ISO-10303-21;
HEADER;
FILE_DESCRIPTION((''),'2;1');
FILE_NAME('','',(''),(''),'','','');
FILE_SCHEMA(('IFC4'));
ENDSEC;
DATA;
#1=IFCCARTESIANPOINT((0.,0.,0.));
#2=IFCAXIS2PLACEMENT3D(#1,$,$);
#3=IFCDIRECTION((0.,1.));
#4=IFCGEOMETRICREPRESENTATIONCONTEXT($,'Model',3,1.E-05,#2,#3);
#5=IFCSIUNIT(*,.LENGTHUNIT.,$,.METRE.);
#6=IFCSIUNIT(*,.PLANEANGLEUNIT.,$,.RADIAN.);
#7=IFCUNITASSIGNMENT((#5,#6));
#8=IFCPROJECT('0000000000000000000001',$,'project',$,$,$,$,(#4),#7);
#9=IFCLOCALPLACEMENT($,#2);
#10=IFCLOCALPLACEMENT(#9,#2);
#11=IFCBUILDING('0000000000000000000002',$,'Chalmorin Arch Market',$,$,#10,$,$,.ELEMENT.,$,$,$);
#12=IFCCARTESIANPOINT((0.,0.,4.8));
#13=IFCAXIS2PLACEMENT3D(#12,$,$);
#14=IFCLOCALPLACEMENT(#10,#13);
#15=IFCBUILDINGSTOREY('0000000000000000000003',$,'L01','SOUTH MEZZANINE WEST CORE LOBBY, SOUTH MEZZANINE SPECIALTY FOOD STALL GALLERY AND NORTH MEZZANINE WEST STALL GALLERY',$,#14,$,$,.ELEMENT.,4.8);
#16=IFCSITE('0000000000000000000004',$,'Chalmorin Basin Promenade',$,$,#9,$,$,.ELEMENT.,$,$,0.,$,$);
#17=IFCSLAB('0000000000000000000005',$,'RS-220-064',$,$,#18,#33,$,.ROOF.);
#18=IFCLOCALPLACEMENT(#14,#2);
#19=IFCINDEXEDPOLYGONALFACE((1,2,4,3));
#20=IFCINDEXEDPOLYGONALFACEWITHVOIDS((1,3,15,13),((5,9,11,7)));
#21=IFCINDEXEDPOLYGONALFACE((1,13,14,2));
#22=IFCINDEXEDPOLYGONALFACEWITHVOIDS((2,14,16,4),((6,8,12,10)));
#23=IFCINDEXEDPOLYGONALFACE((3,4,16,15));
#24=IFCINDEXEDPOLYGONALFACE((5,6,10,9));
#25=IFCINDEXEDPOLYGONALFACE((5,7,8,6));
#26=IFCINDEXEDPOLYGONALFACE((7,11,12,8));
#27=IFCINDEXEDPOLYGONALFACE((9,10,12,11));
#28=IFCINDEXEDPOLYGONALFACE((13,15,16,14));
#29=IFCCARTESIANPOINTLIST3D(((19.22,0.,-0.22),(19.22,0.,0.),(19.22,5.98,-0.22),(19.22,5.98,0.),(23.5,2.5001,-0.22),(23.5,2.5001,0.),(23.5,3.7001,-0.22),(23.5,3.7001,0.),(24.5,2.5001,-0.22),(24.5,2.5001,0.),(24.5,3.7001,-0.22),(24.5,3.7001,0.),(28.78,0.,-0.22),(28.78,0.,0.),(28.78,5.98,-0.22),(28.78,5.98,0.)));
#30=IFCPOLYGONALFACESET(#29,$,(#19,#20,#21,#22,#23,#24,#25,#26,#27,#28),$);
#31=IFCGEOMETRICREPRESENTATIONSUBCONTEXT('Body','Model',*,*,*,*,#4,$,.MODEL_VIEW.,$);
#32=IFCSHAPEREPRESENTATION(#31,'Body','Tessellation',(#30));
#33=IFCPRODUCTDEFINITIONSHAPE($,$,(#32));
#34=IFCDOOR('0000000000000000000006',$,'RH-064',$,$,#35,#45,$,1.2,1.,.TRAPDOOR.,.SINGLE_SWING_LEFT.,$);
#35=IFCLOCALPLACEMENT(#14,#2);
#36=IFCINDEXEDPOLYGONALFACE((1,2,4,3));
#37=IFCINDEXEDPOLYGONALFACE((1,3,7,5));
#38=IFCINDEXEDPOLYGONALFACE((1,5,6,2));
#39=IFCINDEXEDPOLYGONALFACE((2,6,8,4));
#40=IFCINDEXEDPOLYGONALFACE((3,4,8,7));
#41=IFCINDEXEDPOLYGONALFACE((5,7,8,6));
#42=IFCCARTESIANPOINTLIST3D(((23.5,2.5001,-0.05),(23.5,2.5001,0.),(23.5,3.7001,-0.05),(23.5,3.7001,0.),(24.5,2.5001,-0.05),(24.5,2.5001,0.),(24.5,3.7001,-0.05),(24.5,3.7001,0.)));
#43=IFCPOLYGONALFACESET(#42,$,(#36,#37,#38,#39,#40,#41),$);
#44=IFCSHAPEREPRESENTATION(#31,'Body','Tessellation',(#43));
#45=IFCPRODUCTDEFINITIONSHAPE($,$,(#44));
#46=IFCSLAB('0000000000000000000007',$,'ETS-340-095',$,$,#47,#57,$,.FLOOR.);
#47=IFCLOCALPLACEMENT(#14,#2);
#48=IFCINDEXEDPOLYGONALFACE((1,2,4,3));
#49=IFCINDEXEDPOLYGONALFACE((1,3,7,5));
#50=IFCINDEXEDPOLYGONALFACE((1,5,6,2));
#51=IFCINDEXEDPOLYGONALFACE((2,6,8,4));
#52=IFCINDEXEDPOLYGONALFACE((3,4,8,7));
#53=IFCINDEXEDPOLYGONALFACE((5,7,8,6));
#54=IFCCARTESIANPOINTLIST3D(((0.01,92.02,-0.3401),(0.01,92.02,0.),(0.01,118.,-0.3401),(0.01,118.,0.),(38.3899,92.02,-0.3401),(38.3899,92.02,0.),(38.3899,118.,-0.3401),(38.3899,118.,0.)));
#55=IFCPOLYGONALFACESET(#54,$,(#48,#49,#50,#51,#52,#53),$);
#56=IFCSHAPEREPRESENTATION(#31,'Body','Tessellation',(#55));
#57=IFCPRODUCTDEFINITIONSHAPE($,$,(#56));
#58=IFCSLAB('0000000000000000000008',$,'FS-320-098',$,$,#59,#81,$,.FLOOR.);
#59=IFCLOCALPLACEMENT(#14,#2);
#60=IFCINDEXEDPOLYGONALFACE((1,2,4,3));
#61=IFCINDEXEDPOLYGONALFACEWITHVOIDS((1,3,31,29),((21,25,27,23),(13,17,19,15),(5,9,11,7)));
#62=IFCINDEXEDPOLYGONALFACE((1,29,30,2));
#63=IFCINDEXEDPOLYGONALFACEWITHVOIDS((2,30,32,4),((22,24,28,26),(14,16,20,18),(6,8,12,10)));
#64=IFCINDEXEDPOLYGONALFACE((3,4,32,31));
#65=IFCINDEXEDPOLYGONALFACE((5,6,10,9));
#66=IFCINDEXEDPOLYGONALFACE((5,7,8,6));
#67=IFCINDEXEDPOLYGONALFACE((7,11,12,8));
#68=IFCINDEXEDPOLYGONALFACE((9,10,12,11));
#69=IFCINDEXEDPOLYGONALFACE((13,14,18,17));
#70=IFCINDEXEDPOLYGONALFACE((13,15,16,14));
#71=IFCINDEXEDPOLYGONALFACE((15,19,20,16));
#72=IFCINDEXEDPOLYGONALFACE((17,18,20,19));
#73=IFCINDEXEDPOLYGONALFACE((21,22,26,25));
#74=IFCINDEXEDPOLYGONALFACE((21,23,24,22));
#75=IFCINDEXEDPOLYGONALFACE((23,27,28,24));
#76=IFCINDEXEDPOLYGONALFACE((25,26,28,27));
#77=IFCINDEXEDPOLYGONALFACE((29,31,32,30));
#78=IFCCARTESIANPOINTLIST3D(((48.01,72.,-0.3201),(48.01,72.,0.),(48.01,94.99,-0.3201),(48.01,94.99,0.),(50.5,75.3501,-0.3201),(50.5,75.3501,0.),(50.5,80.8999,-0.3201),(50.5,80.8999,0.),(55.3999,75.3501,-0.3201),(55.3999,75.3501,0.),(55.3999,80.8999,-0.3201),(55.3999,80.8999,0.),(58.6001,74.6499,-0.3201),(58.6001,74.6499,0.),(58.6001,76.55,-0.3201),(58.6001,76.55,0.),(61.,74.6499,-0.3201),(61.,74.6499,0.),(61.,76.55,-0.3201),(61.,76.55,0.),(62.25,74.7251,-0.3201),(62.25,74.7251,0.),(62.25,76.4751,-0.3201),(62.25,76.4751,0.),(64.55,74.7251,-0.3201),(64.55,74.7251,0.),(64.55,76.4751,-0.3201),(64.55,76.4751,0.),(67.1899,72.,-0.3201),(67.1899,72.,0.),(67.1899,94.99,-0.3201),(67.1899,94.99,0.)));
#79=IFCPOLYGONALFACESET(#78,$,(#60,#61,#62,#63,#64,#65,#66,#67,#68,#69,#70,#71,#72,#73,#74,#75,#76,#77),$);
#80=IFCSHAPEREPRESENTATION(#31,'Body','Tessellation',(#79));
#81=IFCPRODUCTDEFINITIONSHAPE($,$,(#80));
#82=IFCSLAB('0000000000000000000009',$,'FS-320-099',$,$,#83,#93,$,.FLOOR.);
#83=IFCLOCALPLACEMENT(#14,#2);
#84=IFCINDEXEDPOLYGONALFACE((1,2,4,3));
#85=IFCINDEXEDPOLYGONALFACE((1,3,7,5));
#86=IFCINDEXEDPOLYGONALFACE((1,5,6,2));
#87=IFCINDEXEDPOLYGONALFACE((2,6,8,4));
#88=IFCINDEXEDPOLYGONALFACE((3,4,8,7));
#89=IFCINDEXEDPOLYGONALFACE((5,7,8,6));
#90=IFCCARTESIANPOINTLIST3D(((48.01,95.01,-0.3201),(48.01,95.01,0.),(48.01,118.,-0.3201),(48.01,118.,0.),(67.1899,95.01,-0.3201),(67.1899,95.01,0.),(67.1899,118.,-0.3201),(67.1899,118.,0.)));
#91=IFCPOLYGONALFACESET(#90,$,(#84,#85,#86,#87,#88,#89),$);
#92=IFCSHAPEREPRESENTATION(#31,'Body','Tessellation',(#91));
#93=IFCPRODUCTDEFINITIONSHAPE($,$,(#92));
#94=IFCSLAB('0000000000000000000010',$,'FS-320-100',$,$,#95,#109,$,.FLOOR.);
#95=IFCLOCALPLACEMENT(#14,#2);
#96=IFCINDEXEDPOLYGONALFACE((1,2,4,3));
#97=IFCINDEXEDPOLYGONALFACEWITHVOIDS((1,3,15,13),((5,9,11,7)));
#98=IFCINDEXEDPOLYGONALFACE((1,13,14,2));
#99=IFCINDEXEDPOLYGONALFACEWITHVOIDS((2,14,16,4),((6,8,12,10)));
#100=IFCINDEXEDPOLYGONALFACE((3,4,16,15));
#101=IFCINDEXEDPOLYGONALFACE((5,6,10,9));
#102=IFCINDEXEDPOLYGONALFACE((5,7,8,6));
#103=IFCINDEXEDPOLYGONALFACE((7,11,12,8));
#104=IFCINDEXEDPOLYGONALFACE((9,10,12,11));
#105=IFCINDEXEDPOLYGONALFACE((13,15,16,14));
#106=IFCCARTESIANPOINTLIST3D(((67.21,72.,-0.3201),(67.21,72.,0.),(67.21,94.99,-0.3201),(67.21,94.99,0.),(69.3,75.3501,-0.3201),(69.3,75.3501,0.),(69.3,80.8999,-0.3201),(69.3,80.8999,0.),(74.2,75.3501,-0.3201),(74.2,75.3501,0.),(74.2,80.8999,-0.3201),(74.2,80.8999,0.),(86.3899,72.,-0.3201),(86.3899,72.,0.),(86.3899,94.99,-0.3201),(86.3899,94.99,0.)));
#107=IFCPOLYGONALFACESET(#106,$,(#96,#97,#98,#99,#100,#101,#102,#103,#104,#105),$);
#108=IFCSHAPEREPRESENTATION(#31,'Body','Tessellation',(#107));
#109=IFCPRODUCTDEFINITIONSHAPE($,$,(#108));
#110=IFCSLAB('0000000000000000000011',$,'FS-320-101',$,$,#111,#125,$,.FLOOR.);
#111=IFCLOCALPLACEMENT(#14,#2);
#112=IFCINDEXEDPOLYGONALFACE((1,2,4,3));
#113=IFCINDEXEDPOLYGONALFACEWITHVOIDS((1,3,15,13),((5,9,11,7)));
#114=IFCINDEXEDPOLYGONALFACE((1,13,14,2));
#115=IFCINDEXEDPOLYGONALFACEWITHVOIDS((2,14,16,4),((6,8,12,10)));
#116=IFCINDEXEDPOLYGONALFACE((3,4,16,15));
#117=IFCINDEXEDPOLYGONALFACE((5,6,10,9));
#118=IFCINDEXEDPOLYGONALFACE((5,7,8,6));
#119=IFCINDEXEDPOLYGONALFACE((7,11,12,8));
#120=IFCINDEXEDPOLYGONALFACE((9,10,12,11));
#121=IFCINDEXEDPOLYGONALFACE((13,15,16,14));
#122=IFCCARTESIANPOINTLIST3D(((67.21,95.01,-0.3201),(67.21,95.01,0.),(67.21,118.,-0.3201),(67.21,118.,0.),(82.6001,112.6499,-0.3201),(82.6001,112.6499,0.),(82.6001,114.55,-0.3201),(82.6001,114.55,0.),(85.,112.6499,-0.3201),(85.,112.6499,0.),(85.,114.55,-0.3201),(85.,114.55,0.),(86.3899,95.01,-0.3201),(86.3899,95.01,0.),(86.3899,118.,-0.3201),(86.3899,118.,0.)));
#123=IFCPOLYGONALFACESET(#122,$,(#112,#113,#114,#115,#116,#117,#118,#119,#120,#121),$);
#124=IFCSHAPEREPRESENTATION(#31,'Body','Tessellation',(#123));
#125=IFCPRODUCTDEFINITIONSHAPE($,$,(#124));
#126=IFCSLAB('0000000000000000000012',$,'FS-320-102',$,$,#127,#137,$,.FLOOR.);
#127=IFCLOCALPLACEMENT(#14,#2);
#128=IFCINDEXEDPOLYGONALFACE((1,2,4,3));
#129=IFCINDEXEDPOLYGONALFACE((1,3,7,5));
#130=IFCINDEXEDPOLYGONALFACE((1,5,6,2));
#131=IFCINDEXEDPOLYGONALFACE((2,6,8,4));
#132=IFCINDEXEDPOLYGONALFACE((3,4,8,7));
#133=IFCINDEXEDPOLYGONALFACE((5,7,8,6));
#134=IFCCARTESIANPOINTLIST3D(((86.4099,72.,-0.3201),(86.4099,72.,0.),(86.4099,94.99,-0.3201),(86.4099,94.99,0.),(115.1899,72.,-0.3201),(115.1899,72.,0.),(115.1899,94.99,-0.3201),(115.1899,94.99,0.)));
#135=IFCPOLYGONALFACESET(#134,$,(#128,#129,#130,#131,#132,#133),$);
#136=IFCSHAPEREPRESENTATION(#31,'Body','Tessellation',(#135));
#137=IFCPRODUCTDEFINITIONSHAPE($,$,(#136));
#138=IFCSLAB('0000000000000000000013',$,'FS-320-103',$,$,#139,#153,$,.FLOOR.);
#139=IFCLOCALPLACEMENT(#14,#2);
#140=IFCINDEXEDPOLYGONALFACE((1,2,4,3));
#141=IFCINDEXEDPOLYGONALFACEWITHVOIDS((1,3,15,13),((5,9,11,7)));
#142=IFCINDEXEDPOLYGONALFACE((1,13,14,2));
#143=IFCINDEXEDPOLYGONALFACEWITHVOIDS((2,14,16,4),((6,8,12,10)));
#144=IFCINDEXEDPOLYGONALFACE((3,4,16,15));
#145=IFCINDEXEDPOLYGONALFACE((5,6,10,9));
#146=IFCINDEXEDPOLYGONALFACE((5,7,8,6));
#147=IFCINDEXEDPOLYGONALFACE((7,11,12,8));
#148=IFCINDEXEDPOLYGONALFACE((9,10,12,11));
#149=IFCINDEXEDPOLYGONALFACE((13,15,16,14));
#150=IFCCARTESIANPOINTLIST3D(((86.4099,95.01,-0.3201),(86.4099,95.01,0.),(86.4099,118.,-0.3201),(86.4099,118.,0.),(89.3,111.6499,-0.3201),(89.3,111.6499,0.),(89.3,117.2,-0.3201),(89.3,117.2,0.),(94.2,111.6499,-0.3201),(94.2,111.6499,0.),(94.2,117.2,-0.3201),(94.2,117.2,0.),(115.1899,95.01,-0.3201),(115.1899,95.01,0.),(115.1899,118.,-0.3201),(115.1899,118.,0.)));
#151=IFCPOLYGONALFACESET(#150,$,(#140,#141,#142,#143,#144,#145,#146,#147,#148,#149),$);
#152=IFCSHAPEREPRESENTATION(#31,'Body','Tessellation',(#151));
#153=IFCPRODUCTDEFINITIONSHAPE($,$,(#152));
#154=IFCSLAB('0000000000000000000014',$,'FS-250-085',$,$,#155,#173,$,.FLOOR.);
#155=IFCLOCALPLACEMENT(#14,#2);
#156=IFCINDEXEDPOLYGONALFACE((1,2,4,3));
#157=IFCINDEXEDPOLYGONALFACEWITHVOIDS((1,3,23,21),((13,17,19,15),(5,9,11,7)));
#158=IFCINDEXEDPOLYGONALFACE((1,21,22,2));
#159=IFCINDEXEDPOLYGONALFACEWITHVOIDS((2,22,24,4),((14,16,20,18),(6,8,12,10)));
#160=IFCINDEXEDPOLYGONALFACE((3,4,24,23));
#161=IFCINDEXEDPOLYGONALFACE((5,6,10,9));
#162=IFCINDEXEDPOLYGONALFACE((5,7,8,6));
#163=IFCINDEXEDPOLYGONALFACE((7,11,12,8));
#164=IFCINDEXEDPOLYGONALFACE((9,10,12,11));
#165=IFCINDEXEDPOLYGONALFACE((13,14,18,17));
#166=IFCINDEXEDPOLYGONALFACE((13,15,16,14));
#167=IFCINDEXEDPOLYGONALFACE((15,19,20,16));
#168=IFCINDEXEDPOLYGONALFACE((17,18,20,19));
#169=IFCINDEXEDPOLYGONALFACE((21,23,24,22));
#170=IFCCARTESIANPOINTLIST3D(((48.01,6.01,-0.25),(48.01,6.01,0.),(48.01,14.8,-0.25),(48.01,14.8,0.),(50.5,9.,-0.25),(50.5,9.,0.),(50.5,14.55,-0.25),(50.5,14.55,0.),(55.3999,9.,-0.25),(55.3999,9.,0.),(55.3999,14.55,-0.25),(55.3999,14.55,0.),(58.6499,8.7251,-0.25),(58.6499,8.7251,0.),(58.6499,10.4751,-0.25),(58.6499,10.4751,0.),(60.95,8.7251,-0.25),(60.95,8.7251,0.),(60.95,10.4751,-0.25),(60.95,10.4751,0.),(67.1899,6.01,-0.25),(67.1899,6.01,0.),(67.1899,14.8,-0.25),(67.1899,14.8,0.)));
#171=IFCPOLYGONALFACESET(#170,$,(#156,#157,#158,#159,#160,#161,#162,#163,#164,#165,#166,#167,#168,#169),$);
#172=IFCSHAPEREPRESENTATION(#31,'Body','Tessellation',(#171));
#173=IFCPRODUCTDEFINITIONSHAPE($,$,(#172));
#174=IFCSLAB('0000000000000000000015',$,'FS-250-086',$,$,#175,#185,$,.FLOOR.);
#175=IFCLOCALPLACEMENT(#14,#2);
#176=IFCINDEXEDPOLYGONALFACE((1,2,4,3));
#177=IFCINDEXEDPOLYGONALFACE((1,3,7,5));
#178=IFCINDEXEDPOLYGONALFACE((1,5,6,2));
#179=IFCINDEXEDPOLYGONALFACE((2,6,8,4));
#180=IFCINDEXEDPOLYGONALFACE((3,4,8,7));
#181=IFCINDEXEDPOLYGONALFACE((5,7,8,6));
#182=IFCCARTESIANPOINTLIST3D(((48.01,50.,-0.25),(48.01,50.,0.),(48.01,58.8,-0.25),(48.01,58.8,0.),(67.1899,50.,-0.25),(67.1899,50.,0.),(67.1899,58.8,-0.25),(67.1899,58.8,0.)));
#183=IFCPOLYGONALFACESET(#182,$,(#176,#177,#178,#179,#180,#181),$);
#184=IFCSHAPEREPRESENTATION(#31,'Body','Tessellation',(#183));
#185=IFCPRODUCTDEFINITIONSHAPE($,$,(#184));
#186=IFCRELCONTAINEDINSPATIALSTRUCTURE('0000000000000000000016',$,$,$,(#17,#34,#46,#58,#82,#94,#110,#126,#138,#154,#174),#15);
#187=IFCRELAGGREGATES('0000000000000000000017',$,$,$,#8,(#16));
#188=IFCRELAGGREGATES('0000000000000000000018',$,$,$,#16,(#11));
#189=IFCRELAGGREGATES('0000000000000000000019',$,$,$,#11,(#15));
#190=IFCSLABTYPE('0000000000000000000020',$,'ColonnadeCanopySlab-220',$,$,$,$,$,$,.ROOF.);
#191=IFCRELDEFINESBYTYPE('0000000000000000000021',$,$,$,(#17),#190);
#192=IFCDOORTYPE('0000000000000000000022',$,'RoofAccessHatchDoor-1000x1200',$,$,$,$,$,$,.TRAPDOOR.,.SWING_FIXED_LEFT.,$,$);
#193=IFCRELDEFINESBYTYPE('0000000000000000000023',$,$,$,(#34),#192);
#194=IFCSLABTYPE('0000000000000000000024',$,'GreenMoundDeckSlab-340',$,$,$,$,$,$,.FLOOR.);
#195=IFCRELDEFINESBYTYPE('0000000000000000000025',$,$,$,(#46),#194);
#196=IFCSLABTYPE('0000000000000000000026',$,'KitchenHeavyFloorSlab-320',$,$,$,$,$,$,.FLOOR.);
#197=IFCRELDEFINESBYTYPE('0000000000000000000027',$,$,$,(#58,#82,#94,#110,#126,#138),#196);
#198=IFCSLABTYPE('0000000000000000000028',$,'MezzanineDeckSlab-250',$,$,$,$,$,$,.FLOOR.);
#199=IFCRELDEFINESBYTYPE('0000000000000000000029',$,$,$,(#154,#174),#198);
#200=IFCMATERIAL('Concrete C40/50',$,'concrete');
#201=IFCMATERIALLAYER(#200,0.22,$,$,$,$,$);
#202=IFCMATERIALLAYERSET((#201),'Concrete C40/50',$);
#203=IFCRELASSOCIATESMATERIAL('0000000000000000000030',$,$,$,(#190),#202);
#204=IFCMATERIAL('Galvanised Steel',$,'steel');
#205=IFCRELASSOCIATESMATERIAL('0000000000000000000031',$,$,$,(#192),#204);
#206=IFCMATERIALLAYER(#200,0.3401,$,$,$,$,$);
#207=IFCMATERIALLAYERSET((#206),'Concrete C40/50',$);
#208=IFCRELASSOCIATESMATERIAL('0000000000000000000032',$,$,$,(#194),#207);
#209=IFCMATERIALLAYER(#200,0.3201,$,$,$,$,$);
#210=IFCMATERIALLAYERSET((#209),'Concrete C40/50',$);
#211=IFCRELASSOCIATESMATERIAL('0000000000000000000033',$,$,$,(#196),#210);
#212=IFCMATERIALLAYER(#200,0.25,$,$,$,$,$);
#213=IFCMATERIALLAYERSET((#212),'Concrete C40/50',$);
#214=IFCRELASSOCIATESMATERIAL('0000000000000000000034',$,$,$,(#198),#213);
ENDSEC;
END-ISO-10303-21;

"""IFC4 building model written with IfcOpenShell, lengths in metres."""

from ifc_helpers import new_model, si_unit, direction, frame, origin, origin_2d, place, context, subcontext, project, spatial, polyline, rectangle, outline, extrude, material, layer, layer_set, type_object, element, fill, save


model = new_model("IFC4")

# Units and contexts
model_context = context("Model", 3, precision=1e-05, world=origin(), true_north=direction((0.0, 1.0)))
body_context = subcontext(model_context, "Body", "Model", "MODEL_VIEW")
ifc_project = project(units=[si_unit("LENGTHUNIT", "METRE"), si_unit("PLANEANGLEUNIT", "RADIAN")], contexts=[model_context])

# Site, building, storey
site_placement = place(None, origin())
site = spatial("IfcSite", under=ifc_project, at=site_placement, Name="Chalmorin Basin Promenade", CompositionType="ELEMENT", RefElevation=0.0)
building_placement = place(site_placement, origin())
building = spatial("IfcBuilding", under=site, at=building_placement, Name="Chalmorin Arch Market", CompositionType="ELEMENT")
storey_placement = place(building_placement, frame((0.0, 0.0, 4.8)))
storey = spatial("IfcBuildingStorey", under=building, at=storey_placement, Name="L01", Description="SOUTH MEZZANINE WEST CORE LOBBY, SOUTH MEZZANINE SPECIALTY FOOD STALL GALLERY AND NORTH MEZZANINE WEST STALL GALLERY", CompositionType="ELEMENT", Elevation=4.8)

# Slab, opening, door
ifc_material_1 = material(Name="Concrete C40/50", Category="concrete")
ifc_layer_1 = layer(ifc_material_1, 0.22)
ifc_layer_set_1 = layer_set([ifc_layer_1], Name="Concrete C40/50")
slab_type_1 = type_object("IfcSlabType", Name="ColonnadeCanopySlab-220", PredefinedType="ROOF", material=ifc_layer_set_1)
slab_1_placement = place(storey_placement, frame((0.0, 0.0, -0.22)))
slab_1 = element("IfcSlab", 1, at=slab_1_placement, inside=storey, type_object=slab_type_1, Name="RS-220-064", PredefinedType="ROOF", context=body_context, shape_type="SweptSolid", body=[
    extrude(outline(polyline([(19.22, 0.0), (28.78, 0.0), (28.78, 5.98), (19.22, 5.98), (19.22, 0.0)])), origin(), (0.0, 0.0, 1.0), 0.22),
])
opening_placement = place(slab_1_placement, frame((24.0, 3.1001, -0.01)))
opening = element("IfcOpeningElement", 2, at=opening_placement, cuts=slab_1, PredefinedType="OPENING", context=body_context, shape_type="SweptSolid", body=[
    extrude(rectangle(XDim=1.0, YDim=1.2, at=origin_2d()), origin(), (0.0, 0.0, 1.0), 0.24),
])
ifc_material_2 = material(Name="Galvanised Steel", Category="steel")
door_type = type_object("IfcDoorType", Name="RoofAccessHatchDoor-1000x1200", OperationType="SWING_FIXED_LEFT", PredefinedType="TRAPDOOR", material=ifc_material_2)
door_placement = place(slab_1_placement, frame((24.0, 3.1001, 0.1699)))
door = element("IfcDoor", 3, at=door_placement, inside=storey, type_object=door_type, Name="RH-064", OperationType="SINGLE_SWING_LEFT", OverallHeight=1.2, OverallWidth=1.0, PredefinedType="TRAPDOOR", context=body_context, shape_type="SweptSolid", body=[
    extrude(rectangle(XDim=1.0, YDim=1.2, at=origin_2d()), origin(), (0.0, 0.0, 1.0), 0.05),
])
fill(opening, door)

# Slabs
ifc_layer_2 = layer(ifc_material_1, 0.3401)
ifc_layer_set_2 = layer_set([ifc_layer_2], Name="Concrete C40/50")
slab_type_2 = type_object("IfcSlabType", Name="GreenMoundDeckSlab-340", PredefinedType="FLOOR", material=ifc_layer_set_2)
slab_2_placement = place(storey_placement, frame((0.0, 0.0, -0.3401)))
element("IfcSlab", 4, at=slab_2_placement, inside=storey, type_object=slab_type_2, Name="ETS-340-095", PredefinedType="FLOOR", context=body_context, shape_type="SweptSolid", body=[
    extrude(outline(polyline([(0.01, 92.02), (38.3899, 92.02), (38.3899, 118.0), (0.01, 118.0), (0.01, 92.02)])), origin(), (0.0, 0.0, 1.0), 0.3401),
])
ifc_layer_3 = layer(ifc_material_1, 0.3201)
ifc_layer_set_3 = layer_set([ifc_layer_3], Name="Concrete C40/50")
slab_type_3 = type_object("IfcSlabType", Name="KitchenHeavyFloorSlab-320", PredefinedType="FLOOR", material=ifc_layer_set_3)
slab_3_placement = place(storey_placement, frame((0.0, 0.0, -0.3201)))
element("IfcSlab", 5, at=slab_3_placement, inside=storey, type_object=slab_type_3, Name="FS-320-098", PredefinedType="FLOOR", context=body_context, shape_type="SweptSolid", body=[
    extrude(outline(polyline([(48.01, 72.0), (67.1899, 72.0), (67.1899, 94.99), (48.01, 94.99), (48.01, 72.0)]), holes=[polyline([(50.5, 75.3501), (55.3999, 75.3501), (55.3999, 80.8999), (50.5, 80.8999), (50.5, 75.3501)]), polyline([(58.6001, 74.6499), (61.0, 74.6499), (61.0, 76.55), (58.6001, 76.55), (58.6001, 74.6499)]), polyline([(62.25, 74.7251), (64.55, 74.7251), (64.55, 76.4751), (62.25, 76.4751), (62.25, 74.7251)])]), origin(), (0.0, 0.0, 1.0), 0.3201),
])
slab_4_placement = place(storey_placement, frame((0.0, 0.0, -0.3201)))
element("IfcSlab", 6, at=slab_4_placement, inside=storey, type_object=slab_type_3, Name="FS-320-099", PredefinedType="FLOOR", context=body_context, shape_type="SweptSolid", body=[
    extrude(outline(polyline([(48.01, 95.01), (67.1899, 95.01), (67.1899, 118.0), (48.01, 118.0), (48.01, 95.01)])), origin(), (0.0, 0.0, 1.0), 0.3201),
])
slab_5_placement = place(storey_placement, frame((0.0, 0.0, -0.3201)))
element("IfcSlab", 7, at=slab_5_placement, inside=storey, type_object=slab_type_3, Name="FS-320-100", PredefinedType="FLOOR", context=body_context, shape_type="SweptSolid", body=[
    extrude(outline(polyline([(67.21, 72.0), (86.3899, 72.0), (86.3899, 94.99), (67.21, 94.99), (67.21, 72.0)]), holes=[polyline([(69.3, 75.3501), (74.2, 75.3501), (74.2, 80.8999), (69.3, 80.8999), (69.3, 75.3501)])]), origin(), (0.0, 0.0, 1.0), 0.3201),
])
slab_6_placement = place(storey_placement, frame((0.0, 0.0, -0.3201)))
element("IfcSlab", 8, at=slab_6_placement, inside=storey, type_object=slab_type_3, Name="FS-320-101", PredefinedType="FLOOR", context=body_context, shape_type="SweptSolid", body=[
    extrude(outline(polyline([(67.21, 95.01), (86.3899, 95.01), (86.3899, 118.0), (67.21, 118.0), (67.21, 95.01)]), holes=[polyline([(82.6001, 112.6499), (85.0, 112.6499), (85.0, 114.55), (82.6001, 114.55), (82.6001, 112.6499)])]), origin(), (0.0, 0.0, 1.0), 0.3201),
])
slab_7_placement = place(storey_placement, frame((0.0, 0.0, -0.3201)))
element("IfcSlab", 9, at=slab_7_placement, inside=storey, type_object=slab_type_3, Name="FS-320-102", PredefinedType="FLOOR", context=body_context, shape_type="SweptSolid", body=[
    extrude(outline(polyline([(86.4099, 72.0), (115.1899, 72.0), (115.1899, 94.99), (86.4099, 94.99), (86.4099, 72.0)])), origin(), (0.0, 0.0, 1.0), 0.3201),
])
slab_8_placement = place(storey_placement, frame((0.0, 0.0, -0.3201)))
element("IfcSlab", 10, at=slab_8_placement, inside=storey, type_object=slab_type_3, Name="FS-320-103", PredefinedType="FLOOR", context=body_context, shape_type="SweptSolid", body=[
    extrude(outline(polyline([(86.4099, 95.01), (115.1899, 95.01), (115.1899, 118.0), (86.4099, 118.0), (86.4099, 95.01)]), holes=[polyline([(89.3, 111.6499), (94.2, 111.6499), (94.2, 117.2), (89.3, 117.2), (89.3, 111.6499)])]), origin(), (0.0, 0.0, 1.0), 0.3201),
])
ifc_layer_4 = layer(ifc_material_1, 0.25)
ifc_layer_set_4 = layer_set([ifc_layer_4], Name="Concrete C40/50")
slab_type_4 = type_object("IfcSlabType", Name="MezzanineDeckSlab-250", PredefinedType="FLOOR", material=ifc_layer_set_4)
slab_9_placement = place(storey_placement, frame((0.0, 0.0, -0.25)))
element("IfcSlab", 11, at=slab_9_placement, inside=storey, type_object=slab_type_4, Name="FS-250-085", PredefinedType="FLOOR", context=body_context, shape_type="SweptSolid", body=[
    extrude(outline(polyline([(48.01, 6.01), (67.1899, 6.01), (67.1899, 14.8), (48.01, 14.8), (48.01, 6.01)]), holes=[polyline([(50.5, 9.0), (55.3999, 9.0), (55.3999, 14.55), (50.5, 14.55), (50.5, 9.0)]), polyline([(58.6499, 8.7251), (60.95, 8.7251), (60.95, 10.4751), (58.6499, 10.4751), (58.6499, 8.7251)])]), origin(), (0.0, 0.0, 1.0), 0.25),
])
slab_10_placement = place(storey_placement, frame((0.0, 0.0, -0.25)))
element("IfcSlab", 12, at=slab_10_placement, inside=storey, type_object=slab_type_4, Name="FS-250-086", PredefinedType="FLOOR", context=body_context, shape_type="SweptSolid", body=[
    extrude(outline(polyline([(48.01, 50.0), (67.1899, 50.0), (67.1899, 58.8), (48.01, 58.8), (48.01, 50.0)])), origin(), (0.0, 0.0, 1.0), 0.25),
])

save(model, "model.ifc")
